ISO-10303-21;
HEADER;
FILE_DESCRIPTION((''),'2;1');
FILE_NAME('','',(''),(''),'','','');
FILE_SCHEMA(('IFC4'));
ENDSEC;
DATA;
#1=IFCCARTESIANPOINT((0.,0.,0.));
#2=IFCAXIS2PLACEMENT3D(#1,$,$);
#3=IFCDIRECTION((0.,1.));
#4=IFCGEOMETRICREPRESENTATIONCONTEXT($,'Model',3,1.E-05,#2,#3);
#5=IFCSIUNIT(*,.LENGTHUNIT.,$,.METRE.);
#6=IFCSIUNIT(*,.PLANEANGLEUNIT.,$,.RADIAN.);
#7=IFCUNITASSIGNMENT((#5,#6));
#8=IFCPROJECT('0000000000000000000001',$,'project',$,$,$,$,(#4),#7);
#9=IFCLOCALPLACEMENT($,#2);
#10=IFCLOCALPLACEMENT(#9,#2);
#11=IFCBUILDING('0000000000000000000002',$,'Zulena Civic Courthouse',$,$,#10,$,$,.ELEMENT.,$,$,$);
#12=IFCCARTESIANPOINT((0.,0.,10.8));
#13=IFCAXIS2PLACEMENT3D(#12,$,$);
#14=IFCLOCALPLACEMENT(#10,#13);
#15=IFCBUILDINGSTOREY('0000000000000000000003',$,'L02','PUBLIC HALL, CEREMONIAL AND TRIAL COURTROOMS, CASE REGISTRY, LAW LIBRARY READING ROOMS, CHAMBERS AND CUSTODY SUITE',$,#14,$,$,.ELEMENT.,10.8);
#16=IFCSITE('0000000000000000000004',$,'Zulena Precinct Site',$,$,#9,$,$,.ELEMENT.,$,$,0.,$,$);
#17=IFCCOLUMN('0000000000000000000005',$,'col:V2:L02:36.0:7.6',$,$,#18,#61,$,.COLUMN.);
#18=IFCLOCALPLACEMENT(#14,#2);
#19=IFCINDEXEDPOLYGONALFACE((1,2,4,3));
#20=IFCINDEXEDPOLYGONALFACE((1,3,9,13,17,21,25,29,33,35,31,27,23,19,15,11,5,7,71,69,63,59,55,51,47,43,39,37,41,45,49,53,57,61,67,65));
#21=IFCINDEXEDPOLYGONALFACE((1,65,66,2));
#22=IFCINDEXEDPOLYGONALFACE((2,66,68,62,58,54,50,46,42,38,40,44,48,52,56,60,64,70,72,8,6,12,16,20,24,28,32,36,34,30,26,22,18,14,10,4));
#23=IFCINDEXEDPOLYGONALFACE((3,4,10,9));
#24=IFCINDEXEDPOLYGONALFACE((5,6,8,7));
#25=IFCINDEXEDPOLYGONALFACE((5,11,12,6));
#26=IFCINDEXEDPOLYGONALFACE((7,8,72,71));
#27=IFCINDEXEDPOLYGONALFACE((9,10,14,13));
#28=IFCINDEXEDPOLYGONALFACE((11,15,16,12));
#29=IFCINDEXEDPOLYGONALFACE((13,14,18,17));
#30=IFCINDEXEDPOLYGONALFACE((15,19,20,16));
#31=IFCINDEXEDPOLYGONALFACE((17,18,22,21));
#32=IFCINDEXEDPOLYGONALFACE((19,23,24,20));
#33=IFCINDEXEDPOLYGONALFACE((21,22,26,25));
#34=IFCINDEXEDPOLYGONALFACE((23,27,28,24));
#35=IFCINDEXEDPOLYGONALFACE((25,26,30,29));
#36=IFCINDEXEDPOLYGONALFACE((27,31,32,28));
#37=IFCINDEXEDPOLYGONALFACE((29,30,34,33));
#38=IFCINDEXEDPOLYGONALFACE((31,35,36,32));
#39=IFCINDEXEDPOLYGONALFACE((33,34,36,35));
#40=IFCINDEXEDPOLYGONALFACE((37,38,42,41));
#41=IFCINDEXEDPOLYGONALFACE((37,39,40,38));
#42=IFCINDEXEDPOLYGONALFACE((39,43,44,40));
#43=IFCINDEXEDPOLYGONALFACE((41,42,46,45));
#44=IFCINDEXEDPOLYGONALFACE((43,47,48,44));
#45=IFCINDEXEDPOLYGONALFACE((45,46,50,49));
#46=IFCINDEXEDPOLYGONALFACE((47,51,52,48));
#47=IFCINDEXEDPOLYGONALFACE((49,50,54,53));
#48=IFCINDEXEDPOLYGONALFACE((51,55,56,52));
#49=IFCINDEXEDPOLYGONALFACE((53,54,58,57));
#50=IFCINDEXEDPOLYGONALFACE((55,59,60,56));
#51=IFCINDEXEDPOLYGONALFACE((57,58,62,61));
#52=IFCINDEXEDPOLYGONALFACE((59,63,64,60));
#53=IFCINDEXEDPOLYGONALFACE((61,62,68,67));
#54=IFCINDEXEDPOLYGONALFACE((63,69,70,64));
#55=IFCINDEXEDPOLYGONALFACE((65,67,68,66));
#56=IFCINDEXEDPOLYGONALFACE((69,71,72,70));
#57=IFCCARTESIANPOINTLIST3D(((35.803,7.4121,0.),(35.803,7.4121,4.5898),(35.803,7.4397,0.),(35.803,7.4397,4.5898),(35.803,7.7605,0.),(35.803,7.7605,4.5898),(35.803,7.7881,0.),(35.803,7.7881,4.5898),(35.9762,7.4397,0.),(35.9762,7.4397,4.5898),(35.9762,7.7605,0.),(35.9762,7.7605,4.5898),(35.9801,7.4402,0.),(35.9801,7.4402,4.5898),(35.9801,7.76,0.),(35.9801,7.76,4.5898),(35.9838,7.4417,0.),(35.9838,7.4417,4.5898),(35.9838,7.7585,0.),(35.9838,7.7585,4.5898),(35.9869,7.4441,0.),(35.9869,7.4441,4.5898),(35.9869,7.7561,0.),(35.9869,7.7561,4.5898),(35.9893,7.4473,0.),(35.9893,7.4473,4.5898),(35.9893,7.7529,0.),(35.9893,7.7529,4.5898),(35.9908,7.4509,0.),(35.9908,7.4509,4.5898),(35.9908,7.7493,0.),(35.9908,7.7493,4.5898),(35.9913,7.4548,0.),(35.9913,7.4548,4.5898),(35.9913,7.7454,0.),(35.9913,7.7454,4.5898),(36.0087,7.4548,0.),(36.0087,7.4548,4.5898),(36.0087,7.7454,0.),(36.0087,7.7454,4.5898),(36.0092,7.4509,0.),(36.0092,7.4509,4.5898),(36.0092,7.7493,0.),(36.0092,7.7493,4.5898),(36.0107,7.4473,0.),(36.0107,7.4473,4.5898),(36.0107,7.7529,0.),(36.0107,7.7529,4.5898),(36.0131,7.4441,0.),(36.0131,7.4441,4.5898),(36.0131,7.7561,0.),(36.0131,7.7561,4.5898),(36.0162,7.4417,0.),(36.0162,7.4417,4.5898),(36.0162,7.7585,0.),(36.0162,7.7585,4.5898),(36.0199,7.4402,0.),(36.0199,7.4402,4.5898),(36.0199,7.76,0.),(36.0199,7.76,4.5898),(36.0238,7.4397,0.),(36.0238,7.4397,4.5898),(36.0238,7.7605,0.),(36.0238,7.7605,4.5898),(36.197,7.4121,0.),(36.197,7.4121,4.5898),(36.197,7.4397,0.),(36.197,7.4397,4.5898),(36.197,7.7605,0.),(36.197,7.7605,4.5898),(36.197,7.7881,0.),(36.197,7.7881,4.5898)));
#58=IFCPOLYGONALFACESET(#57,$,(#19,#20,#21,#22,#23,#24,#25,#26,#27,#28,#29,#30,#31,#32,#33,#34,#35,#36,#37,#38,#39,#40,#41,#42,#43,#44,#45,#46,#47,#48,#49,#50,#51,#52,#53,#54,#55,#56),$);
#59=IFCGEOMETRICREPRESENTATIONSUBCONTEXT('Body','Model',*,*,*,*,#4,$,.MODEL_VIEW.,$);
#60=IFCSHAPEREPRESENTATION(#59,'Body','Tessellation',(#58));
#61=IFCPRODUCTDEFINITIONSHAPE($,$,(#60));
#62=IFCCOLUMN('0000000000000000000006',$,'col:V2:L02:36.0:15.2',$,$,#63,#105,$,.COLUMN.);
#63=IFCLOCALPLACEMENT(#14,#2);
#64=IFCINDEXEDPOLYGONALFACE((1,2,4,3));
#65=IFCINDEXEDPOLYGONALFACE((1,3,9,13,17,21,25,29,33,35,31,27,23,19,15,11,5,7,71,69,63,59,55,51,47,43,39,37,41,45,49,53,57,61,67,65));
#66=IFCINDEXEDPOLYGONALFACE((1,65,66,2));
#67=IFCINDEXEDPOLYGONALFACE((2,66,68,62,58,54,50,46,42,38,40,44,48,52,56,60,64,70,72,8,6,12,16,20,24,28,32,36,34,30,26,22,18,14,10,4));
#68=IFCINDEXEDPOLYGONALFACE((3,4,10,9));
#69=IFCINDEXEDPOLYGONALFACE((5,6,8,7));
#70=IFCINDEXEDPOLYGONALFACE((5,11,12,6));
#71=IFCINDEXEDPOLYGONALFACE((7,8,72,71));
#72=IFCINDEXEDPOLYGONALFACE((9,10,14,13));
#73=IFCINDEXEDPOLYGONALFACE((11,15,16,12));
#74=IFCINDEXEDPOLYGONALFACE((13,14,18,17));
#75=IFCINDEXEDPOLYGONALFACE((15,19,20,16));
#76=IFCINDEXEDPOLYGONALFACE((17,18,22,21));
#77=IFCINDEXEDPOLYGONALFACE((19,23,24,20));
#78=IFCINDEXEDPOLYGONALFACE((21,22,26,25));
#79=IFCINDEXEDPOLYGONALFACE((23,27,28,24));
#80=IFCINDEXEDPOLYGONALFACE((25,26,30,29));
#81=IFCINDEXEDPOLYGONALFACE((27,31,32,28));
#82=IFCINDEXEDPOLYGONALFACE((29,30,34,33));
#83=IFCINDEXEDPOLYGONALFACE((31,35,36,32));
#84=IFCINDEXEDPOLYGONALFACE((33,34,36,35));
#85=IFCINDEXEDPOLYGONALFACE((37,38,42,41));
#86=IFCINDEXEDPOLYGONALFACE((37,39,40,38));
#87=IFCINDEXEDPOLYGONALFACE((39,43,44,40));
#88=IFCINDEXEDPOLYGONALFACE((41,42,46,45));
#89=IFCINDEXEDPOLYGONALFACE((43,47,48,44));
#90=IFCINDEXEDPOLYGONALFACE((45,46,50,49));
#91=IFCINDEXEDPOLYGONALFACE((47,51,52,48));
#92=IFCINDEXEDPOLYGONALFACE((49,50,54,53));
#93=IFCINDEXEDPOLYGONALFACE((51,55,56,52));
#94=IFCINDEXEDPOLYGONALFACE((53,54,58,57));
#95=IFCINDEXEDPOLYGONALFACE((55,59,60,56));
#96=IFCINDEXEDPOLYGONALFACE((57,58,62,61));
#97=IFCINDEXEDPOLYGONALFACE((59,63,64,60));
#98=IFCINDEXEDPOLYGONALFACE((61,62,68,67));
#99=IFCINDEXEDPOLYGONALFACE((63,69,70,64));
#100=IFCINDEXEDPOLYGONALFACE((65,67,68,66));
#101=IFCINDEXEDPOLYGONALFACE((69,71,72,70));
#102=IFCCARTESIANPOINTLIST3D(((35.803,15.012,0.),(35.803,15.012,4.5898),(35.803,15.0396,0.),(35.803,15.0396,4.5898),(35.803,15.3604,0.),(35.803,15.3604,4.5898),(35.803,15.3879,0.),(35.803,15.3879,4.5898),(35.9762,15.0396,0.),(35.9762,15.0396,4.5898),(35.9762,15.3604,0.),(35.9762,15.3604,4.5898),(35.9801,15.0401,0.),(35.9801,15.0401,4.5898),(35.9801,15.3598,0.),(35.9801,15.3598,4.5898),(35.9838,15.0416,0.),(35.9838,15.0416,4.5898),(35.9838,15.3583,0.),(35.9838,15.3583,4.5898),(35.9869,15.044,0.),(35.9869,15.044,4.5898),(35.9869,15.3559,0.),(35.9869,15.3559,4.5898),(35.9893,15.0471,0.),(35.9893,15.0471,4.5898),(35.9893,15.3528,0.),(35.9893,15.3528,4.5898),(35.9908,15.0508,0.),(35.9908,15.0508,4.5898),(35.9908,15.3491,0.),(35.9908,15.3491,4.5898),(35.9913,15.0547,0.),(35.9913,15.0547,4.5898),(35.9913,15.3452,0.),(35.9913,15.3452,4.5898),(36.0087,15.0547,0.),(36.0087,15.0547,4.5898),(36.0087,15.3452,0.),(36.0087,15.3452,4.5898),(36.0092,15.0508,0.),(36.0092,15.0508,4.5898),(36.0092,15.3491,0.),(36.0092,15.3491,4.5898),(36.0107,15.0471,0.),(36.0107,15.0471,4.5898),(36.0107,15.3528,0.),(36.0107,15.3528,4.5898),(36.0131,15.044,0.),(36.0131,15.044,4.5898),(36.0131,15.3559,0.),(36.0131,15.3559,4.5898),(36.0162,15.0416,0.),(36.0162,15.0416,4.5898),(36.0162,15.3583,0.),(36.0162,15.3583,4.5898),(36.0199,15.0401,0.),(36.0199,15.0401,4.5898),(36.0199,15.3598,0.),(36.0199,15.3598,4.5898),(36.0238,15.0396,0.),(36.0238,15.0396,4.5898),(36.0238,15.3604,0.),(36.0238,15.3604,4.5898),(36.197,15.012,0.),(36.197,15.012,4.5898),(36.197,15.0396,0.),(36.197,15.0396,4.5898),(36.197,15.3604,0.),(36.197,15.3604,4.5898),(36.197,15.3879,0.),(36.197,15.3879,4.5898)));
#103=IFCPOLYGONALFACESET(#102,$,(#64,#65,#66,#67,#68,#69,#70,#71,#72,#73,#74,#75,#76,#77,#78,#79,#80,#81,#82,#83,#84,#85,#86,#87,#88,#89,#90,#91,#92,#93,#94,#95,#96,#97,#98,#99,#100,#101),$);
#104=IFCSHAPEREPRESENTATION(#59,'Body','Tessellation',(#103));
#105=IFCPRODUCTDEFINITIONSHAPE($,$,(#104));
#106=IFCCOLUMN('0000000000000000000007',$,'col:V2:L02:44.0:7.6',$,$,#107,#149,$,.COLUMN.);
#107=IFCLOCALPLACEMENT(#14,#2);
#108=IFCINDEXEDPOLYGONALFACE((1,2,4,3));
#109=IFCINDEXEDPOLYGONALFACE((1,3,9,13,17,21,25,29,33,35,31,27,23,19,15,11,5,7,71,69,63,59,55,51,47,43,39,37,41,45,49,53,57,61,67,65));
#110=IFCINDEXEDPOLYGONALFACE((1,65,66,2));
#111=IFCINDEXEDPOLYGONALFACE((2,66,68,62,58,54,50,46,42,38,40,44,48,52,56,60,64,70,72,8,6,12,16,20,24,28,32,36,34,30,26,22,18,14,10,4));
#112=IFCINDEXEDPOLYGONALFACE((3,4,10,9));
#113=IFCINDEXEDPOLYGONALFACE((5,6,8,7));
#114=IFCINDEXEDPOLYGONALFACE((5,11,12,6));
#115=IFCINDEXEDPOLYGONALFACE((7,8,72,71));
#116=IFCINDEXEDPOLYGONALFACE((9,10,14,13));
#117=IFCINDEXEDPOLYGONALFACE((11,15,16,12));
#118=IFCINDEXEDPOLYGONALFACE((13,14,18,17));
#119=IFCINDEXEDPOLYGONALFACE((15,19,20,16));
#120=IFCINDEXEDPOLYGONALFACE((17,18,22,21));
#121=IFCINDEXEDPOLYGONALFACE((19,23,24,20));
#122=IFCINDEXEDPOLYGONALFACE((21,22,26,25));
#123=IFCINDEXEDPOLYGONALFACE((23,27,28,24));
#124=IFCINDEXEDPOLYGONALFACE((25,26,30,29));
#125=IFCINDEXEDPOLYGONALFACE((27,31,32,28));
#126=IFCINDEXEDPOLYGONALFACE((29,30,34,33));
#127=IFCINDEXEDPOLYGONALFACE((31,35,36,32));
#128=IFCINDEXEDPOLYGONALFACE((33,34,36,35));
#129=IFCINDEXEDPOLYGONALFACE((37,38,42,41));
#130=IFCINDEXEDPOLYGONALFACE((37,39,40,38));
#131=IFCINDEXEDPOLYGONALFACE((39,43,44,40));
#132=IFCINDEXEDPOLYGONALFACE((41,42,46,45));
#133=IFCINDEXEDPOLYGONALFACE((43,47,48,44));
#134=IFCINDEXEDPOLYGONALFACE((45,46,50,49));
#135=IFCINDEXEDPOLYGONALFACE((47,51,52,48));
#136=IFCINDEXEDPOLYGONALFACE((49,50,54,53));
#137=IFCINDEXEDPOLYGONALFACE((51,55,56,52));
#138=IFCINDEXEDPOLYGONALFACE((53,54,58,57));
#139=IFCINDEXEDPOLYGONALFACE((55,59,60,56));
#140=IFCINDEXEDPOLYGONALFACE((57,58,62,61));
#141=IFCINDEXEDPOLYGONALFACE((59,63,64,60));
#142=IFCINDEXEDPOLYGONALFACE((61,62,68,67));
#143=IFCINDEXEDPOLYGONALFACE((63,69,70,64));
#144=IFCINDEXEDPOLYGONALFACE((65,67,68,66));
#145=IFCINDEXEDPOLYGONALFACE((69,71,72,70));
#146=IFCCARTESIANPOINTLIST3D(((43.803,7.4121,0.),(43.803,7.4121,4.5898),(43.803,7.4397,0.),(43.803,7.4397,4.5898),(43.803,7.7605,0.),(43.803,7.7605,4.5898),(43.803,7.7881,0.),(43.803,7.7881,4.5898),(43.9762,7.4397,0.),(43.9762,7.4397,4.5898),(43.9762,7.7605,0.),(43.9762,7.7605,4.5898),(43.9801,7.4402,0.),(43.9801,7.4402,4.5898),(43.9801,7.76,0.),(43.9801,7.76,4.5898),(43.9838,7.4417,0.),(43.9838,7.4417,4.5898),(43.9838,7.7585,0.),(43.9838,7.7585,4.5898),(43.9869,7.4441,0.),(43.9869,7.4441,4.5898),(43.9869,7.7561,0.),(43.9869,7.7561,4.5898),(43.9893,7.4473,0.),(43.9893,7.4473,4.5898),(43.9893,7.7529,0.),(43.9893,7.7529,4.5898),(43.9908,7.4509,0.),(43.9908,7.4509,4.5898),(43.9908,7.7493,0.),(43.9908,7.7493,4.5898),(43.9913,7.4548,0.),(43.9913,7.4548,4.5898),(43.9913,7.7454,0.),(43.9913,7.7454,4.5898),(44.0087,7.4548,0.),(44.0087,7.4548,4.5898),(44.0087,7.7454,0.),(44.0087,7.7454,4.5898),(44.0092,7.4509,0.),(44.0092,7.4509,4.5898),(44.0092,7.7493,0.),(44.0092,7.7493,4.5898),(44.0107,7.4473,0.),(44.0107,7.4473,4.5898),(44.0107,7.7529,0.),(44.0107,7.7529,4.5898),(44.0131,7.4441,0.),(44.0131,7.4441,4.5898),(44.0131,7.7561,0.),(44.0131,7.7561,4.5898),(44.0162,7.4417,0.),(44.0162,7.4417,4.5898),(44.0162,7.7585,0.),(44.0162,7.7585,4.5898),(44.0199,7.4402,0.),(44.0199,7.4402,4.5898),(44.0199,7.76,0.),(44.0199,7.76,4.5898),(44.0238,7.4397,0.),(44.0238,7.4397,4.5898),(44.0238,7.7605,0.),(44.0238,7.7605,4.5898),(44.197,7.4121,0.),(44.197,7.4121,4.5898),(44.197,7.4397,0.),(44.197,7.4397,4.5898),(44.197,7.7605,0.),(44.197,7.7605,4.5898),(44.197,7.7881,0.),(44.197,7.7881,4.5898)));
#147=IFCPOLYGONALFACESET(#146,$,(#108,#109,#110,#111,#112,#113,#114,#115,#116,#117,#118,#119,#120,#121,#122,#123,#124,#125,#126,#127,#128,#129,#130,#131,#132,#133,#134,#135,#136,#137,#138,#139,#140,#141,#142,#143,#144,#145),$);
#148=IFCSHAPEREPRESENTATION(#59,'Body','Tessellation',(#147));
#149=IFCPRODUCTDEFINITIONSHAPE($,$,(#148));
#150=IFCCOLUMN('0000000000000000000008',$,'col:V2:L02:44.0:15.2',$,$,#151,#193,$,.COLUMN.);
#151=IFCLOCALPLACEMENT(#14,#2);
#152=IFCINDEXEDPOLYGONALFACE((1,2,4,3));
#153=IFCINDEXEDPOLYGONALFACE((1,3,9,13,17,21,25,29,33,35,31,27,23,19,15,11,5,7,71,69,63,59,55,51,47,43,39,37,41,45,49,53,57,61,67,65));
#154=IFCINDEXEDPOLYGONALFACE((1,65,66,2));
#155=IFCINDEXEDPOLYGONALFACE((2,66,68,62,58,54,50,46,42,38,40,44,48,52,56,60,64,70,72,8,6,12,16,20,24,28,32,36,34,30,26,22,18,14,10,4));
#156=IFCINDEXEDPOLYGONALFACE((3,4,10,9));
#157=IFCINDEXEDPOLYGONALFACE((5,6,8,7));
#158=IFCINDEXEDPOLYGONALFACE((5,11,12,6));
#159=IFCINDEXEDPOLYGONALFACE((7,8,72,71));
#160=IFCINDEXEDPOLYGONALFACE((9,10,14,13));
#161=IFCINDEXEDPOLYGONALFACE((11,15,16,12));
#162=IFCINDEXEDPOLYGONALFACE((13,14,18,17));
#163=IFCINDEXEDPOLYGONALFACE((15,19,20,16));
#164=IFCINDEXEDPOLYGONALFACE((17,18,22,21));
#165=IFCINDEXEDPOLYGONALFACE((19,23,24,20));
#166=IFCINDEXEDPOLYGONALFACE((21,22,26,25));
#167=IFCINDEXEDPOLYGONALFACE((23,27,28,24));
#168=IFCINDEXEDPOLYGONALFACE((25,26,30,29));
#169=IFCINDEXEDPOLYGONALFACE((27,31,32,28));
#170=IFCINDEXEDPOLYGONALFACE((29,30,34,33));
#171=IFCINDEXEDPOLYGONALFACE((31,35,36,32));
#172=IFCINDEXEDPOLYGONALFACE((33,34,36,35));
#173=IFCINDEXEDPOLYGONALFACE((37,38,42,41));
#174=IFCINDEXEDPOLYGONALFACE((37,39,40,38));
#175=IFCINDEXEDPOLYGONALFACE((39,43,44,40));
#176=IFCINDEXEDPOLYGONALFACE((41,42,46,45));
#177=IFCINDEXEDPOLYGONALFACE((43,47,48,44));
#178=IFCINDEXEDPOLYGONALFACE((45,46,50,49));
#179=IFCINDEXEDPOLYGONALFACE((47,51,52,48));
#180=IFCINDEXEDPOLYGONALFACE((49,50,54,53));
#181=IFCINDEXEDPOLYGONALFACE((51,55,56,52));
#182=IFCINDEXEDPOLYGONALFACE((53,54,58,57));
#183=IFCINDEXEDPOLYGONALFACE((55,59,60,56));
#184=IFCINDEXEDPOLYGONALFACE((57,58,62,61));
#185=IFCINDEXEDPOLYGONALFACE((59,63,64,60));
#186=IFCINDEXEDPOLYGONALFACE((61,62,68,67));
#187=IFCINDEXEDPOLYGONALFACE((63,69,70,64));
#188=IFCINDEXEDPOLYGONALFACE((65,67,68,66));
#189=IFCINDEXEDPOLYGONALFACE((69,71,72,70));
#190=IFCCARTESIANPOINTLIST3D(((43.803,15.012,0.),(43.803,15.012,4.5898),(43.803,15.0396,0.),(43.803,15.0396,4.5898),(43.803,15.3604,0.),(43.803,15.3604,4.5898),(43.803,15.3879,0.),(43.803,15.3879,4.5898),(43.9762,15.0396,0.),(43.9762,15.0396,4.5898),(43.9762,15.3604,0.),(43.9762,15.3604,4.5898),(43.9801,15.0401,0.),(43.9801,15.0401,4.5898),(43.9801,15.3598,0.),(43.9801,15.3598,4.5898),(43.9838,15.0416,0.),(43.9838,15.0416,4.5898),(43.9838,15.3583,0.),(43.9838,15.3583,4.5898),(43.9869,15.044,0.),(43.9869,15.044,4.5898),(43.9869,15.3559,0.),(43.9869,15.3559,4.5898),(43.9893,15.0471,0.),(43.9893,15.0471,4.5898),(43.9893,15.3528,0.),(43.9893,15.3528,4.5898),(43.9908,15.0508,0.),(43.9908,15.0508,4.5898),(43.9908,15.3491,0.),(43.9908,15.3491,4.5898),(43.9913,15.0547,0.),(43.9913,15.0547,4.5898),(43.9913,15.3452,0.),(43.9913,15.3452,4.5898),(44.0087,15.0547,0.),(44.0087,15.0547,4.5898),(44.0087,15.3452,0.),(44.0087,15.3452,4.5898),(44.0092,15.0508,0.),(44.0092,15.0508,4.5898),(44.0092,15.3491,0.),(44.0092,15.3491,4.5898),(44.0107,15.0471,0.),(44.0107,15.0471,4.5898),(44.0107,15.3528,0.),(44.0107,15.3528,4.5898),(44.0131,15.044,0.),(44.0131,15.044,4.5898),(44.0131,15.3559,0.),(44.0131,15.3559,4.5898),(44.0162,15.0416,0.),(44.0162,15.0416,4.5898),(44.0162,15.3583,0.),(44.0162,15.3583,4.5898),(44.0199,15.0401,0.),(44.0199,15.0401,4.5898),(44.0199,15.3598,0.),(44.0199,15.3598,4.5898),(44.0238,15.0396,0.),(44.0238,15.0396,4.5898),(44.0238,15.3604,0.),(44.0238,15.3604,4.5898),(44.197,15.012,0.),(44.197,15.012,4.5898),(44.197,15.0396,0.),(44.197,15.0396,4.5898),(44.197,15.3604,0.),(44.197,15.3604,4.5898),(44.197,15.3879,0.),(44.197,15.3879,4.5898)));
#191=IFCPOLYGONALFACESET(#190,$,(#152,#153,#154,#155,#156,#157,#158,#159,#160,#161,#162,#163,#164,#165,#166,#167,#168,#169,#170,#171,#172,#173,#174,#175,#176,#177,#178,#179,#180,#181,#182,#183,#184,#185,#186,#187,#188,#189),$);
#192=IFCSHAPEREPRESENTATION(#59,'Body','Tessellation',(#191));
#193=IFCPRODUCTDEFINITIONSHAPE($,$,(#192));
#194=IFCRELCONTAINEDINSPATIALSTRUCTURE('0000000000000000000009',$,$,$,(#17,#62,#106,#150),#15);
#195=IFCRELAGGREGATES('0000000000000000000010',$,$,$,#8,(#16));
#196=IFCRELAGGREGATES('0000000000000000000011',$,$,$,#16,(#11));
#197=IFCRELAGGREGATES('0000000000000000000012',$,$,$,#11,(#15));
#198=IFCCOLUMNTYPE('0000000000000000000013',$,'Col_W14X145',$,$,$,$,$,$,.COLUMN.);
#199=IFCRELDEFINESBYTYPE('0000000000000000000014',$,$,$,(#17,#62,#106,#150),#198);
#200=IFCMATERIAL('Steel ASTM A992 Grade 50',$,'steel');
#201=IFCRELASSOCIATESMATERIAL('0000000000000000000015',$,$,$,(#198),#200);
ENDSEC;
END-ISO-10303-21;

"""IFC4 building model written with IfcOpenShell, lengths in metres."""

from ifc_helpers import new_model, si_unit, direction, frame, origin, origin_2d, place, context, subcontext, project, spatial, i_section, extrude, material, material_profile, profile_set, type_object, element, save


model = new_model("IFC4")

# Units and contexts
model_context = context("Model", 3, precision=1e-05, world=origin(), true_north=direction((0.0, 1.0)))
body_context = subcontext(model_context, "Body", "Model", "MODEL_VIEW")
ifc_project = project(units=[si_unit("LENGTHUNIT", "METRE"), si_unit("PLANEANGLEUNIT", "RADIAN")], contexts=[model_context])

# Site, building, storey
site_placement = place(None, origin())
site = spatial("IfcSite", under=ifc_project, at=site_placement, Name="Zulena Precinct Site", CompositionType="ELEMENT", RefElevation=0.0)
building_placement = place(site_placement, origin())
building = spatial("IfcBuilding", under=site, at=building_placement, Name="Zulena Civic Courthouse", CompositionType="ELEMENT")
storey_placement = place(building_placement, frame((0.0, 0.0, 10.8)))
storey = spatial("IfcBuildingStorey", under=building, at=storey_placement, Name="L02", Description="PUBLIC HALL, CEREMONIAL AND TRIAL COURTROOMS, CASE REGISTRY, LAW LIBRARY READING ROOMS, CHAMBERS AND CUSTODY SUITE", CompositionType="ELEMENT", Elevation=10.8)

# Columns
ifc_material_1 = material(Name="Steel ASTM A992 Grade 50", Category="steel")
ifc_material_profile_1 = material_profile(ifc_material_1, i_section(OverallWidth=0.394, OverallDepth=0.376, WebThickness=0.0173, FlangeThickness=0.0276, FilletRadius=0.0151, at=origin_2d()), Name="W14X145")
ifc_profile_set_1 = profile_set([ifc_material_profile_1], Name="Steel ASTM A992 Grade 50")
column_type_1 = type_object("IfcColumnType", Name="Col_W14X145", PredefinedType="COLUMN", material=ifc_profile_set_1)
for number, where, z_axis, x_axis, name in (
    (1, (36.0, 7.6001, 0.0), (0.0, 0.0, 1.0), (1.0, 0.0, 0.0), "col:V2:L02:36.0:7.6"),
    (2, (36.0, 15.2, 0.0), (0.0, 0.0, 1.0), (1.0, 0.0, 0.0), "col:V2:L02:36.0:15.2"),
    (3, (44.0, 7.6001, 0.0), (0.0, 0.0, 1.0), (1.0, 0.0, 0.0), "col:V2:L02:44.0:7.6"),
    (4, (44.0, 15.2, 0.0), (0.0, 0.0, 1.0), (1.0, 0.0, 0.0), "col:V2:L02:44.0:15.2"),
):
    element("IfcColumn", number, at=place(storey_placement, frame(where, z_axis=z_axis, x_axis=x_axis)), inside=storey, type_object=column_type_1, Name=name, PredefinedType="COLUMN", context=body_context, shape_type="SweptSolid", body=[
        extrude(i_section(OverallWidth=0.394, OverallDepth=0.376, WebThickness=0.0173, FlangeThickness=0.0276, FilletRadius=0.0151, at=origin_2d()), origin(), (0.0, 0.0, 1.0), 4.5898),
    ])

save(model, "model.ifc")
